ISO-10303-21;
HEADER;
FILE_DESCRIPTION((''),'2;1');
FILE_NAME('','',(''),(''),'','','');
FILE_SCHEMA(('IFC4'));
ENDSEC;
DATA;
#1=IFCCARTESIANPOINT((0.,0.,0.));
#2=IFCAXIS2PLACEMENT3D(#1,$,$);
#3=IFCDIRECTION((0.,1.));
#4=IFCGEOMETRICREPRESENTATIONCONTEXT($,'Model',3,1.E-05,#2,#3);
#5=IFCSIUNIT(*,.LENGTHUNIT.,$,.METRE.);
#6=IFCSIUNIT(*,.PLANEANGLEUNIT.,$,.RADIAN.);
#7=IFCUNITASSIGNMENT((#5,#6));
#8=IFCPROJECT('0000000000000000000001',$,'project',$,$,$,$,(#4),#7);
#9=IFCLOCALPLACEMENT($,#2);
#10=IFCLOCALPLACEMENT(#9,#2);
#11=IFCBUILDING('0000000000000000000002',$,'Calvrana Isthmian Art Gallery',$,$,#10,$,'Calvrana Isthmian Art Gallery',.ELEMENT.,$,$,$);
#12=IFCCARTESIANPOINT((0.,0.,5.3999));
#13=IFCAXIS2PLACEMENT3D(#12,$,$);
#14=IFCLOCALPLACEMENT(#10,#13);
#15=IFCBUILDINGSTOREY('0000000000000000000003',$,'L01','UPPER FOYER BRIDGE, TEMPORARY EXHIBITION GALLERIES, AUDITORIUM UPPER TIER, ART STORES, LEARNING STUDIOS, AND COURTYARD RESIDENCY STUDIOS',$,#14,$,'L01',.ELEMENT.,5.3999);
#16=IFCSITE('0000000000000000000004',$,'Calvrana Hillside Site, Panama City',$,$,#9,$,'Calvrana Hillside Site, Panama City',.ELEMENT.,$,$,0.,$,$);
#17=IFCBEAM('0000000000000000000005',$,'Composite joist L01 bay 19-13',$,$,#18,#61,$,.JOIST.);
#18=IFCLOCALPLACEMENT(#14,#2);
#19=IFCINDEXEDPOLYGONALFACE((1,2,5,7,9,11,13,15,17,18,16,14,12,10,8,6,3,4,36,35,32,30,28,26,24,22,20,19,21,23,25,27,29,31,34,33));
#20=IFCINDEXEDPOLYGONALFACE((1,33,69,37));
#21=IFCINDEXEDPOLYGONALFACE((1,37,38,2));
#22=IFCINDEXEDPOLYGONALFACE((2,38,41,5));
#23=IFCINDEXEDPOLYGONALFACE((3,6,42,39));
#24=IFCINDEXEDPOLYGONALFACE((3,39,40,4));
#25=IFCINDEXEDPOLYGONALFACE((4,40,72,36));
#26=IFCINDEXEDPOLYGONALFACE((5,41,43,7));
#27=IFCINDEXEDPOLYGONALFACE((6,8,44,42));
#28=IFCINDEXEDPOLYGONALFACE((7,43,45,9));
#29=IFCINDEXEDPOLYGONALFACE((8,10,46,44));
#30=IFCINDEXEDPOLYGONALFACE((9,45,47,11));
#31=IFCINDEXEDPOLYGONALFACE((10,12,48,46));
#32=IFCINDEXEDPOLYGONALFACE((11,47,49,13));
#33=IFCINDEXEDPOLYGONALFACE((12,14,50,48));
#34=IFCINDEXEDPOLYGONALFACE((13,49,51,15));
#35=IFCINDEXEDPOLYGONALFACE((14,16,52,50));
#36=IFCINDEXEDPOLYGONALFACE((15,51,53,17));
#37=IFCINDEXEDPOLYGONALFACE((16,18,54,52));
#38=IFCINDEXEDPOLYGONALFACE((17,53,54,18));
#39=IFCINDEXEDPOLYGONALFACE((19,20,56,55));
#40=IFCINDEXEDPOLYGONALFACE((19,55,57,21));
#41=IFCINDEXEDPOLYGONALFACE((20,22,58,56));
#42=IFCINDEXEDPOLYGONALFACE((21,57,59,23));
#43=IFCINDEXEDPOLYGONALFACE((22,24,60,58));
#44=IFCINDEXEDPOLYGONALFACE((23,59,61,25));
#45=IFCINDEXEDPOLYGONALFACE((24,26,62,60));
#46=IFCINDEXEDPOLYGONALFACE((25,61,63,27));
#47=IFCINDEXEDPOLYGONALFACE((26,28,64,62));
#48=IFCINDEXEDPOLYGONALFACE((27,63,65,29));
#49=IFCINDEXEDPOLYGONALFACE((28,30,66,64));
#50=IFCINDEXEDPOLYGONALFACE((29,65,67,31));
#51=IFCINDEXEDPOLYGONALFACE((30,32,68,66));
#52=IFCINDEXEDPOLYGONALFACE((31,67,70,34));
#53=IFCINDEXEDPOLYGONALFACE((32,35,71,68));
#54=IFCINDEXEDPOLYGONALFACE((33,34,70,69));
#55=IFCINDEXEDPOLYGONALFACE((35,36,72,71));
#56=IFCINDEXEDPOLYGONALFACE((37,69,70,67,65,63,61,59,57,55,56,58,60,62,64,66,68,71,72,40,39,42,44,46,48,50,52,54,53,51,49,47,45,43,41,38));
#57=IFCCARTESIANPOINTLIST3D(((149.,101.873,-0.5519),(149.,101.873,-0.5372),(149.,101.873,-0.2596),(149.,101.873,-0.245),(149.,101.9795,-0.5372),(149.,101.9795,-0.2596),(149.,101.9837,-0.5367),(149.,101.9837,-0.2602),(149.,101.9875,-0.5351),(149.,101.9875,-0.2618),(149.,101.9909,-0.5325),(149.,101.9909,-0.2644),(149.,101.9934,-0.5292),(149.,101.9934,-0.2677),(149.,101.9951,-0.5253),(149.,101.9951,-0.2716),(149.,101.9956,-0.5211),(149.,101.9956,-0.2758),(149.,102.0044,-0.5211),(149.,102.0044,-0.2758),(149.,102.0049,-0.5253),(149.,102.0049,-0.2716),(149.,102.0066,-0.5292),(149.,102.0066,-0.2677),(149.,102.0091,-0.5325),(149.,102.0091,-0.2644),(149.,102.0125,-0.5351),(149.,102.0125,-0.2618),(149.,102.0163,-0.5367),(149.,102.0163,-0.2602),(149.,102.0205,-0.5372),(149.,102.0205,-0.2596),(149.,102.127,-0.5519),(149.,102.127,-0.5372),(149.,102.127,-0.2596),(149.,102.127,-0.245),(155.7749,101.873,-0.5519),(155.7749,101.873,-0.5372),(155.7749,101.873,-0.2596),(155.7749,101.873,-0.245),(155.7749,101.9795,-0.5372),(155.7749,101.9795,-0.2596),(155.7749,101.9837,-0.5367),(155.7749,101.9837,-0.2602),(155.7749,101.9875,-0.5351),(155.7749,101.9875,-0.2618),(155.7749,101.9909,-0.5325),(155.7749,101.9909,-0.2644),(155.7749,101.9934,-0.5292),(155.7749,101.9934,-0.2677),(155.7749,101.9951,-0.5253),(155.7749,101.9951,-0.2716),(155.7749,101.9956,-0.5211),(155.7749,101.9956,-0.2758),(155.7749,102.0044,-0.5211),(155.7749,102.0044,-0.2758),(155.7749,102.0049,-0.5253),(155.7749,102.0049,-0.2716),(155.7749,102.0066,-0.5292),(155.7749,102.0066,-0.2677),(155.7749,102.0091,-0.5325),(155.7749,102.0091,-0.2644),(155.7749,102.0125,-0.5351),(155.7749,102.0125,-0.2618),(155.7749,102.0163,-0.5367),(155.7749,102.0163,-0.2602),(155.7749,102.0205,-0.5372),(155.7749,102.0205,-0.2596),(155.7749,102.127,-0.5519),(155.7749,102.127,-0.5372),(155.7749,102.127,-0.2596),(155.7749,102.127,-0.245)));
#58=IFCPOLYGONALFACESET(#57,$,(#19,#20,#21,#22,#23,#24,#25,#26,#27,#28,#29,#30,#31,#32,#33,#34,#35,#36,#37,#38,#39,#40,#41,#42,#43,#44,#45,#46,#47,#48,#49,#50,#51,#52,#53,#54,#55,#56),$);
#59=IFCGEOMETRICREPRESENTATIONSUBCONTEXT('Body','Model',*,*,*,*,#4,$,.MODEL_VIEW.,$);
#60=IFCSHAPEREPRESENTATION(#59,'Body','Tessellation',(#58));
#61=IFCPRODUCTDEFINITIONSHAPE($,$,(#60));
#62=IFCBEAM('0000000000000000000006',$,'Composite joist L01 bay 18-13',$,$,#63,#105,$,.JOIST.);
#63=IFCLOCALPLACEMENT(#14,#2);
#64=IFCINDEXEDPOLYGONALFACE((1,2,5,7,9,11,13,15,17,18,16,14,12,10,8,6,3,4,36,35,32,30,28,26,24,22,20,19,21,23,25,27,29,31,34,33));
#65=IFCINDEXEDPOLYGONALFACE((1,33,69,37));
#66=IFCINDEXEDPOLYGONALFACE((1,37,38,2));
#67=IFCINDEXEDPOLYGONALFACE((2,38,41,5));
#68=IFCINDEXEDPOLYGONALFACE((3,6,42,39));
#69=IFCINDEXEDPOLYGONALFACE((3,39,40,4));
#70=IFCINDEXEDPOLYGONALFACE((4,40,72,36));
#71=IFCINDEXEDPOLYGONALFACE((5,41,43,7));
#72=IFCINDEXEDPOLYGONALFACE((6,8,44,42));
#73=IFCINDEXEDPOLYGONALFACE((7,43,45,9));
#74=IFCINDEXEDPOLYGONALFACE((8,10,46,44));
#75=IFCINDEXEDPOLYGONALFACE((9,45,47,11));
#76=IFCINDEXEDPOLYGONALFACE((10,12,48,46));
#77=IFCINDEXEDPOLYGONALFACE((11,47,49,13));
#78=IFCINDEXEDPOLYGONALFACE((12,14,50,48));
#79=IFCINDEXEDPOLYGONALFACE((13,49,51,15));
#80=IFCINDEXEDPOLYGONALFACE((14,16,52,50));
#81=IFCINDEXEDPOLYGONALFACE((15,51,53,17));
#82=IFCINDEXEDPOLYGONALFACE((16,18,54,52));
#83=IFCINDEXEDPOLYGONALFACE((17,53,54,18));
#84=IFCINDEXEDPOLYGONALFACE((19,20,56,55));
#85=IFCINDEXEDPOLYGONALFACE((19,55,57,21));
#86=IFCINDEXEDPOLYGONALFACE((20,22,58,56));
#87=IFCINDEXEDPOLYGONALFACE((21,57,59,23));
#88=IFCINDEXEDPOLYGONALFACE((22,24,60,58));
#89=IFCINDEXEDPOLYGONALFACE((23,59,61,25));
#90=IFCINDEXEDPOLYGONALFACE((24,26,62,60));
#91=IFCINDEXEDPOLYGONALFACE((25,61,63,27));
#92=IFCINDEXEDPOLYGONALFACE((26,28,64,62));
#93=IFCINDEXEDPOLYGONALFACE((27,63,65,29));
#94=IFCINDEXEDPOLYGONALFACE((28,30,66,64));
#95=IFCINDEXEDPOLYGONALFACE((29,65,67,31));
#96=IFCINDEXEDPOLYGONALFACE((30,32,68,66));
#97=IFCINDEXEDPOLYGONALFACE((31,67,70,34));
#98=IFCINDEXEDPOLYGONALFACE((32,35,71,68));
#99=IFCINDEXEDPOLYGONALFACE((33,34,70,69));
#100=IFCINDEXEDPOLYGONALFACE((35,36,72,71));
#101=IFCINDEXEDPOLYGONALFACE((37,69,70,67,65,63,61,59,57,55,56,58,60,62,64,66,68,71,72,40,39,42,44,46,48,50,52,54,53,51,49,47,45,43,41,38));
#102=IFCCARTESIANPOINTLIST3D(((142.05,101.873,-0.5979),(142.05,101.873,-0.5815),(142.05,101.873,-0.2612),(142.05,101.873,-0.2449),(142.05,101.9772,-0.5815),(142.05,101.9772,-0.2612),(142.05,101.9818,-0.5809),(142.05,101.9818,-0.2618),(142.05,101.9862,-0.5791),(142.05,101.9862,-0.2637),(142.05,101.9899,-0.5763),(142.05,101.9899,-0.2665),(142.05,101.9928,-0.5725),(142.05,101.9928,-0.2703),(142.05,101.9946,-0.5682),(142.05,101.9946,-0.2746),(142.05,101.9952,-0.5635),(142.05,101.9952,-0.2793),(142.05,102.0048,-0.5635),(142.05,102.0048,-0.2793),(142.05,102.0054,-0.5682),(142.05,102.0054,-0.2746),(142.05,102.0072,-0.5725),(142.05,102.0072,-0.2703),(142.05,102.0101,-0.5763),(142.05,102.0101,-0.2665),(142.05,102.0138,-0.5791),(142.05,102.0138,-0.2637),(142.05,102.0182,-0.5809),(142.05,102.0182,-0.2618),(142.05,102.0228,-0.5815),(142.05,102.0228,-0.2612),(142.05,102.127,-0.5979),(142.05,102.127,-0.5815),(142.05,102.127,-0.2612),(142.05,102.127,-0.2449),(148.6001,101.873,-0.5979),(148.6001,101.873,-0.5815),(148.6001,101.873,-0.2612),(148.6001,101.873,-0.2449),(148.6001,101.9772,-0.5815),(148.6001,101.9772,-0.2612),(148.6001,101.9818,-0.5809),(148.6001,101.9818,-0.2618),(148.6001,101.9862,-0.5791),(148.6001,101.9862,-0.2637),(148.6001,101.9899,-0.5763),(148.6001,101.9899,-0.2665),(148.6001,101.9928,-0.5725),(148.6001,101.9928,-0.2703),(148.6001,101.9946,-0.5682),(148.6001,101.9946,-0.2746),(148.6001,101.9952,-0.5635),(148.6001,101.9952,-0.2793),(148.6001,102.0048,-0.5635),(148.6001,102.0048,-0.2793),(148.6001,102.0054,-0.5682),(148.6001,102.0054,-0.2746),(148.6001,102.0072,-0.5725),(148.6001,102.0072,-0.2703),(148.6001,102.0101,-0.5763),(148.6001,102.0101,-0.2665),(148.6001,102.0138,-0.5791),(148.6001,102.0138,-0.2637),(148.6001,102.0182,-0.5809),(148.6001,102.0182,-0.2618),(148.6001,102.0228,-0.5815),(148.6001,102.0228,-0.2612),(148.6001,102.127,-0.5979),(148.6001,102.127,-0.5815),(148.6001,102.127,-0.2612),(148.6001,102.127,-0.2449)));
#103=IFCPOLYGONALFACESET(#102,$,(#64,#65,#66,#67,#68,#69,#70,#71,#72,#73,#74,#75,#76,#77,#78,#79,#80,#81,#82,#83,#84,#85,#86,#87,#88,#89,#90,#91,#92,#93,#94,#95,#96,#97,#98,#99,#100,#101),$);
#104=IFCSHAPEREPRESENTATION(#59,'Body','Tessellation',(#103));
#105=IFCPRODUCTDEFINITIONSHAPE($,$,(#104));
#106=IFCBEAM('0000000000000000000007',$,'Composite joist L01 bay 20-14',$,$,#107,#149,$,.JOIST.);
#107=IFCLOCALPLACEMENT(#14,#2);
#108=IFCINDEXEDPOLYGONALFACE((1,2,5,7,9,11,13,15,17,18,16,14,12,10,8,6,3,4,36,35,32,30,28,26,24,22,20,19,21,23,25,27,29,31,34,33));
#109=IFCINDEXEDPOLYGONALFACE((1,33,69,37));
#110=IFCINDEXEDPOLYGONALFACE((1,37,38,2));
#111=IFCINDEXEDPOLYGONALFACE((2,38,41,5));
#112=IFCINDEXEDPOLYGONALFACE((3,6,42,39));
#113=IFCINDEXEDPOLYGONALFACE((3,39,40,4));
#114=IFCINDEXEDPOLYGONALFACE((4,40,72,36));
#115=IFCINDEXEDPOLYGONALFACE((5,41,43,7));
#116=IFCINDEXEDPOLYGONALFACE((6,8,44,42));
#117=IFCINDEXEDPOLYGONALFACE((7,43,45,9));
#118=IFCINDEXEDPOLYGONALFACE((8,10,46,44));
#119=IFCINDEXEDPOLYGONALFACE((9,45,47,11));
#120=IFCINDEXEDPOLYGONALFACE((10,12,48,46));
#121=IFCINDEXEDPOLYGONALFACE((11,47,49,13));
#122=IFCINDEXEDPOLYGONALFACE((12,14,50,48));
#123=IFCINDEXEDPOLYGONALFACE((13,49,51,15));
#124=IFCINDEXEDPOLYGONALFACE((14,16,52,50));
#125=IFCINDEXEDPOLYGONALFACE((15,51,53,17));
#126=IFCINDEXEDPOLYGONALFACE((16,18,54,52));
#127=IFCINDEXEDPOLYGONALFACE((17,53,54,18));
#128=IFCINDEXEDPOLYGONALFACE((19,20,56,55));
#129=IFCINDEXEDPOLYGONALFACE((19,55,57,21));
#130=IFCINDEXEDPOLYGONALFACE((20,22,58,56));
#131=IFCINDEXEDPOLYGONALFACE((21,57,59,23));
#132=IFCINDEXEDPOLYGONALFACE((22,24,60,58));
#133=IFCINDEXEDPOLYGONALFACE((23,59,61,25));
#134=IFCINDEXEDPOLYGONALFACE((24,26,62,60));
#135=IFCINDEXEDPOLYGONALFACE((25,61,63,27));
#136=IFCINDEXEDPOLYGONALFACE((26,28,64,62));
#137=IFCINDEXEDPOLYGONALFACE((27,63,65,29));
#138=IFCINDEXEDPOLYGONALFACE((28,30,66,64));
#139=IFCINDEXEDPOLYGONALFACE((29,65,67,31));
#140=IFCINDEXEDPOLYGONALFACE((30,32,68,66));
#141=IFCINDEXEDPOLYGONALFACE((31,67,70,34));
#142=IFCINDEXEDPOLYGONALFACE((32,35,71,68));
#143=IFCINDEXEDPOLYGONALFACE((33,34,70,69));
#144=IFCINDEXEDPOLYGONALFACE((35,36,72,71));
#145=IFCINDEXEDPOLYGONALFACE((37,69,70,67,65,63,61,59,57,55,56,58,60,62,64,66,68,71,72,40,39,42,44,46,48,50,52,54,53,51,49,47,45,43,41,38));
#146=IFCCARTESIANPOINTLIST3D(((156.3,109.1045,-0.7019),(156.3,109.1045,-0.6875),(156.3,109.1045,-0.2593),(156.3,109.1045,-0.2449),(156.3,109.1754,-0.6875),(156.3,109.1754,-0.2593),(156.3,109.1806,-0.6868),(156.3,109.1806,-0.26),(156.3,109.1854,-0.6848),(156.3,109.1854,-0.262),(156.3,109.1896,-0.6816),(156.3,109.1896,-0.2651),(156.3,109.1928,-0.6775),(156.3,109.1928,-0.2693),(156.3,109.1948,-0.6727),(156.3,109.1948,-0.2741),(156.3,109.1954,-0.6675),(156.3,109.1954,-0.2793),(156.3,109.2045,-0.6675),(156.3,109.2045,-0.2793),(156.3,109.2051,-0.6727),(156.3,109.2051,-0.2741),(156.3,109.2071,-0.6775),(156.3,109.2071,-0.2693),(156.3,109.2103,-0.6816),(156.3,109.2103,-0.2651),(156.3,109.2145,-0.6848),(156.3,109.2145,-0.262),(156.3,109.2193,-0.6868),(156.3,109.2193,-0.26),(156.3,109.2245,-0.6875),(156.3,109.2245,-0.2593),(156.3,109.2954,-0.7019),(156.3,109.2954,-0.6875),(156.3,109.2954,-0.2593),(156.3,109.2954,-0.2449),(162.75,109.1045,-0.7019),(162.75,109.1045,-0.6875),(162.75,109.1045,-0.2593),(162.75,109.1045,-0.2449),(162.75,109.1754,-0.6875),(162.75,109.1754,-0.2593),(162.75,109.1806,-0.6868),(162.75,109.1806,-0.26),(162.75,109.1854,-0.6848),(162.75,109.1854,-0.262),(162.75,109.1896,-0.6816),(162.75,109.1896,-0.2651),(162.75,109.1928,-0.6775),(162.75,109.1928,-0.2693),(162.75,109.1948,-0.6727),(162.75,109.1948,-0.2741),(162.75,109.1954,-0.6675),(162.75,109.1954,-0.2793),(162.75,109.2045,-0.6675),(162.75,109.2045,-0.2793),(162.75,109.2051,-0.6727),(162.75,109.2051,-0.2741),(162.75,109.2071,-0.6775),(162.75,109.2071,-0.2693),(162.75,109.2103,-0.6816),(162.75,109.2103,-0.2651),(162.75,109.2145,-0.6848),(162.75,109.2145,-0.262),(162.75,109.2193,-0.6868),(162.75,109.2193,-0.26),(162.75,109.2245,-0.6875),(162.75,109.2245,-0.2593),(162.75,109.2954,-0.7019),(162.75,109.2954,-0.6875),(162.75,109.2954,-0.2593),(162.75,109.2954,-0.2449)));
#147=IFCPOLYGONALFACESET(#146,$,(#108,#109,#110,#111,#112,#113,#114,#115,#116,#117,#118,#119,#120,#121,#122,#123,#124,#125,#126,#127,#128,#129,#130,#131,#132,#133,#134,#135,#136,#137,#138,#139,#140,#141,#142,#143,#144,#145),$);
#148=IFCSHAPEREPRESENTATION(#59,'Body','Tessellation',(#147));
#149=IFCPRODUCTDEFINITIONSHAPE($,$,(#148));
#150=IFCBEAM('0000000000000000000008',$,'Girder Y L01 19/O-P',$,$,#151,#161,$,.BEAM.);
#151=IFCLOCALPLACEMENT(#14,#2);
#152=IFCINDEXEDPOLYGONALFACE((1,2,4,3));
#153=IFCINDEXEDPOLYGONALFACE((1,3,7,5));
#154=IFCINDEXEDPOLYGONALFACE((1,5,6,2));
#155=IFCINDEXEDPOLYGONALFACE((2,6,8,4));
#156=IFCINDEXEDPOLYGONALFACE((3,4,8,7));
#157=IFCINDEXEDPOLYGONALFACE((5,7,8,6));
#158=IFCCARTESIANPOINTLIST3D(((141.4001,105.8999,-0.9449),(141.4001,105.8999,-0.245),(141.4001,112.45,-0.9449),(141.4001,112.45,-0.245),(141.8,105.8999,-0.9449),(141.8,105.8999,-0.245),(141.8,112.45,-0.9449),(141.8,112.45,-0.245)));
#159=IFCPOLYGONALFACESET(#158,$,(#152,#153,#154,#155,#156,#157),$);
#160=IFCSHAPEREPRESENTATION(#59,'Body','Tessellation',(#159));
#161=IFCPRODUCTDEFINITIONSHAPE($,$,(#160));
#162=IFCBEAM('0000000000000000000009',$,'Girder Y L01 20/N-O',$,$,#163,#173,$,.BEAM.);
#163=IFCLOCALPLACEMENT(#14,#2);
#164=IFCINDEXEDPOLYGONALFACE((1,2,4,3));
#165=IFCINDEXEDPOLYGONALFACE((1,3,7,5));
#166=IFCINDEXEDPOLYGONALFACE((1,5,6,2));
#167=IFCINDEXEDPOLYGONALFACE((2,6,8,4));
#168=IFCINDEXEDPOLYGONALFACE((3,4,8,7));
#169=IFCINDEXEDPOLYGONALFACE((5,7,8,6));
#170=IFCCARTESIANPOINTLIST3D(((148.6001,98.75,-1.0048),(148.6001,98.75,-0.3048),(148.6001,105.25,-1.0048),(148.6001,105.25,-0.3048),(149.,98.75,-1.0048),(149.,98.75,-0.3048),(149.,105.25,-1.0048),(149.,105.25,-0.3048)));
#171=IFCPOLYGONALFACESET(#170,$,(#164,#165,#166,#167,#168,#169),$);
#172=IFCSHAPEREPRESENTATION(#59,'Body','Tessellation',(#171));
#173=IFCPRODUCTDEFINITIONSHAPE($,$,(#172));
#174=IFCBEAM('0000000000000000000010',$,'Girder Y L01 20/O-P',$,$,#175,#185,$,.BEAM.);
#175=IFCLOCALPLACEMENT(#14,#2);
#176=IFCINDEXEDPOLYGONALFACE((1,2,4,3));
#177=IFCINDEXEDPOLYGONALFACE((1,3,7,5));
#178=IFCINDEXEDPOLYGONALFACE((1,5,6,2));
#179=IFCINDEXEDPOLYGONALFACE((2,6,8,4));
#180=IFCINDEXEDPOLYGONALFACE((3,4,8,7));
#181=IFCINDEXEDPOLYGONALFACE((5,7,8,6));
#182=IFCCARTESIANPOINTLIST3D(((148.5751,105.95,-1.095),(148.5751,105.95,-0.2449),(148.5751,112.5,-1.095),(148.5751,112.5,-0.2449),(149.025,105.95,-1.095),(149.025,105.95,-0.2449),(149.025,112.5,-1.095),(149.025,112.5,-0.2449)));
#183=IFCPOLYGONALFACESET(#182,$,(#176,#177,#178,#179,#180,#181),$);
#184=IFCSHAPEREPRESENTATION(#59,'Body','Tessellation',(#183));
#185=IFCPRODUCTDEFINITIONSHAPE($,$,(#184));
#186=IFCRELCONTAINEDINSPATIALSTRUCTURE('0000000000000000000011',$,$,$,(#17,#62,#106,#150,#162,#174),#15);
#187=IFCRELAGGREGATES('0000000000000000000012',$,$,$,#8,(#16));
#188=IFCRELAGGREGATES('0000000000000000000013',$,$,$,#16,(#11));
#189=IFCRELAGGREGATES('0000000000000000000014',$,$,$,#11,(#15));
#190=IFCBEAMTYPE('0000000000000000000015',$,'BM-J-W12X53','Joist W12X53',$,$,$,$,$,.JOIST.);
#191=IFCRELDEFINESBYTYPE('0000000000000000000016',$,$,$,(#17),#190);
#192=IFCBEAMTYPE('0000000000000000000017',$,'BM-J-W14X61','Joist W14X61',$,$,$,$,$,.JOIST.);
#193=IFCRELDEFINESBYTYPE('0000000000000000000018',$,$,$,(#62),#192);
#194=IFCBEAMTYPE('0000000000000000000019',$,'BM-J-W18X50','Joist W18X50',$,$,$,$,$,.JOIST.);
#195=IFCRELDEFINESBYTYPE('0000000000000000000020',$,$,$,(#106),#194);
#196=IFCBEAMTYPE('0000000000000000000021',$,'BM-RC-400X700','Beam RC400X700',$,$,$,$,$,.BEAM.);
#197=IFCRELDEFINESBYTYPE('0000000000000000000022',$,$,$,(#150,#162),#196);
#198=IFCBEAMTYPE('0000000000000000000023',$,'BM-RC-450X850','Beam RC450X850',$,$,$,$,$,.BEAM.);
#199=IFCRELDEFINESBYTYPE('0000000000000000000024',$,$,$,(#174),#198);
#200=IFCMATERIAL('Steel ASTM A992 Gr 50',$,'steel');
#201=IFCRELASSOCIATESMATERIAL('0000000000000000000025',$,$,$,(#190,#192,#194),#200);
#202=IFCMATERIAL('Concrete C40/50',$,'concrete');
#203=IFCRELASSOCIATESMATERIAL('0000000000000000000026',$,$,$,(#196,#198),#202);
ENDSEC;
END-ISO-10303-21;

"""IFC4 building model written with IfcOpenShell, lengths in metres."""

from ifc_helpers import new_model, si_unit, direction, frame, origin, origin_2d, place, context, subcontext, project, spatial, rectangle, i_section, extrude, material, material_profile, profile_set, type_object, element, save


model = new_model("IFC4")

# Units and contexts
model_context = context("Model", 3, precision=1e-05, world=origin(), true_north=direction((0.0, 1.0)))
body_context = subcontext(model_context, "Body", "Model", "MODEL_VIEW")
ifc_project = project(units=[si_unit("LENGTHUNIT", "METRE"), si_unit("PLANEANGLEUNIT", "RADIAN")], contexts=[model_context])

# Site, building, storey
site_placement = place(None, origin())
site = spatial("IfcSite", under=ifc_project, at=site_placement, Name="Calvrana Hillside Site, Panama City", LongName="Calvrana Hillside Site, Panama City", CompositionType="ELEMENT", RefElevation=0.0)
building_placement = place(site_placement, origin())
building = spatial("IfcBuilding", under=site, at=building_placement, Name="Calvrana Isthmian Art Gallery", LongName="Calvrana Isthmian Art Gallery", CompositionType="ELEMENT")
storey_placement = place(building_placement, frame((0.0, 0.0, 5.3999)))
storey = spatial("IfcBuildingStorey", under=building, at=storey_placement, Name="L01", Description="UPPER FOYER BRIDGE, TEMPORARY EXHIBITION GALLERIES, AUDITORIUM UPPER TIER, ART STORES, LEARNING STUDIOS, AND COURTYARD RESIDENCY STUDIOS", LongName="L01", CompositionType="ELEMENT", Elevation=5.3999)

# Shared definitions
ifc_material_1 = material(Name="Concrete C40/50", Category="concrete")

# Beams
ifc_material_2 = material(Name="Steel ASTM A992 Gr 50", Category="steel")
ifc_material_profile_1 = material_profile(ifc_material_2, i_section(OverallWidth=0.2539, OverallDepth=0.3069, WebThickness=0.0088, FlangeThickness=0.0146, FilletRadius=0.0161, at=origin_2d()), Name="W12X53")
ifc_profile_set_1 = profile_set([ifc_material_profile_1], Name="Steel ASTM A992 Gr 50")
beam_type_1 = type_object("IfcBeamType", Name="BM-J-W12X53", Description="Joist W12X53", PredefinedType="JOIST", material=ifc_profile_set_1)
for number, where, z_axis, x_axis, name in (
    (1, (149.0, 102.0, -0.3984), (1.0, 0.0, 0.0), (0.0, 1.0, 0.0), "Composite joist L01 bay 19-13"),
):
    element("IfcBeam", number, at=place(storey_placement, frame(where, z_axis=z_axis, x_axis=x_axis)), inside=storey, type_object=beam_type_1, Name=name, PredefinedType="JOIST", context=body_context, shape_type="SweptSolid", body=[
        extrude(i_section(OverallWidth=0.2539, OverallDepth=0.3069, WebThickness=0.0088, FlangeThickness=0.0146, FilletRadius=0.0161, at=origin_2d()), origin(), (0.0, 0.0, 1.0), 6.7749),
    ])
ifc_material_profile_2 = material_profile(ifc_material_2, i_section(OverallWidth=0.2539, OverallDepth=0.353, WebThickness=0.0095, FlangeThickness=0.0164, FilletRadius=0.0181, at=origin_2d()), Name="W14X61")
ifc_profile_set_2 = profile_set([ifc_material_profile_2], Name="Steel ASTM A992 Gr 50")
beam_type_2 = type_object("IfcBeamType", Name="BM-J-W14X61", Description="Joist W14X61", PredefinedType="JOIST", material=ifc_profile_set_2)
beam_1_placement = place(storey_placement, frame((142.05, 102.0, -0.4214), z_axis=(1.0, 0.0, 0.0), x_axis=(0.0, 1.0, 0.0)))
element("IfcBeam", 2, at=beam_1_placement, inside=storey, type_object=beam_type_2, Name="Composite joist L01 bay 18-13", PredefinedType="JOIST", context=body_context, shape_type="SweptSolid", body=[
    extrude(i_section(OverallWidth=0.2539, OverallDepth=0.353, WebThickness=0.0095, FlangeThickness=0.0164, FilletRadius=0.0181, at=origin_2d()), origin(), (0.0, 0.0, 1.0), 6.55),
])
ifc_material_profile_3 = material_profile(ifc_material_2, i_section(OverallWidth=0.1909, OverallDepth=0.457, WebThickness=0.009, FlangeThickness=0.0144, FilletRadius=0.02, at=origin_2d()), Name="W18X50")
ifc_profile_set_3 = profile_set([ifc_material_profile_3], Name="Steel ASTM A992 Gr 50")
beam_type_3 = type_object("IfcBeamType", Name="BM-J-W18X50", Description="Joist W18X50", PredefinedType="JOIST", material=ifc_profile_set_3)
beam_2_placement = place(storey_placement, frame((156.3, 109.2, -0.4734), z_axis=(1.0, 0.0, 0.0), x_axis=(0.0, 1.0, 0.0)))
element("IfcBeam", 3, at=beam_2_placement, inside=storey, type_object=beam_type_3, Name="Composite joist L01 bay 20-14", PredefinedType="JOIST", context=body_context, shape_type="SweptSolid", body=[
    extrude(i_section(OverallWidth=0.1909, OverallDepth=0.457, WebThickness=0.009, FlangeThickness=0.0144, FilletRadius=0.02, at=origin_2d()), origin(), (0.0, 0.0, 1.0), 6.45),
])
ifc_material_profile_4 = material_profile(ifc_material_1, rectangle(XDim=0.3999, YDim=0.7, at=origin_2d()), Name="RC400X700")
ifc_profile_set_4 = profile_set([ifc_material_profile_4], Name="Concrete C40/50")
beam_type_4 = type_object("IfcBeamType", Name="BM-RC-400X700", Description="Beam RC400X700", PredefinedType="BEAM", material=ifc_profile_set_4)
beam_3_placement = place(storey_placement, frame((141.6001, 105.8999, -0.595), z_axis=(0.0, 1.0, 0.0), x_axis=(-1.0, 0.0, 0.0)))
element("IfcBeam", 4, at=beam_3_placement, inside=storey, type_object=beam_type_4, Name="Girder Y L01 19/O-P", PredefinedType="BEAM", context=body_context, shape_type="SweptSolid", body=[
    extrude(rectangle(XDim=0.3999, YDim=0.7, at=origin_2d()), origin(), (0.0, 0.0, 1.0), 6.55),
])
beam_4_placement = place(storey_placement, frame((148.8, 98.75, -0.6548), z_axis=(0.0, 1.0, 0.0), x_axis=(-1.0, 0.0, 0.0)))
element("IfcBeam", 5, at=beam_4_placement, inside=storey, type_object=beam_type_4, Name="Girder Y L01 20/N-O", PredefinedType="BEAM", context=body_context, shape_type="SweptSolid", body=[
    extrude(rectangle(XDim=0.3999, YDim=0.7, at=origin_2d()), origin(), (0.0, 0.0, 1.0), 6.5),
])
ifc_material_profile_5 = material_profile(ifc_material_1, rectangle(XDim=0.45, YDim=0.8501, at=origin_2d()), Name="RC450X850")
ifc_profile_set_5 = profile_set([ifc_material_profile_5], Name="Concrete C40/50")
beam_type_5 = type_object("IfcBeamType", Name="BM-RC-450X850", Description="Beam RC450X850", PredefinedType="BEAM", material=ifc_profile_set_5)
for number, where, z_axis, x_axis, name in (
    (6, (148.8, 105.95, -0.6699), (0.0, 1.0, 0.0), (-1.0, 0.0, 0.0), "Girder Y L01 20/O-P"),
):
    element("IfcBeam", number, at=place(storey_placement, frame(where, z_axis=z_axis, x_axis=x_axis)), inside=storey, type_object=beam_type_5, Name=name, PredefinedType="BEAM", context=body_context, shape_type="SweptSolid", body=[
        extrude(rectangle(XDim=0.45, YDim=0.8501, at=origin_2d()), origin(), (0.0, 0.0, 1.0), 6.55),
    ])

save(model, "model.ifc")
